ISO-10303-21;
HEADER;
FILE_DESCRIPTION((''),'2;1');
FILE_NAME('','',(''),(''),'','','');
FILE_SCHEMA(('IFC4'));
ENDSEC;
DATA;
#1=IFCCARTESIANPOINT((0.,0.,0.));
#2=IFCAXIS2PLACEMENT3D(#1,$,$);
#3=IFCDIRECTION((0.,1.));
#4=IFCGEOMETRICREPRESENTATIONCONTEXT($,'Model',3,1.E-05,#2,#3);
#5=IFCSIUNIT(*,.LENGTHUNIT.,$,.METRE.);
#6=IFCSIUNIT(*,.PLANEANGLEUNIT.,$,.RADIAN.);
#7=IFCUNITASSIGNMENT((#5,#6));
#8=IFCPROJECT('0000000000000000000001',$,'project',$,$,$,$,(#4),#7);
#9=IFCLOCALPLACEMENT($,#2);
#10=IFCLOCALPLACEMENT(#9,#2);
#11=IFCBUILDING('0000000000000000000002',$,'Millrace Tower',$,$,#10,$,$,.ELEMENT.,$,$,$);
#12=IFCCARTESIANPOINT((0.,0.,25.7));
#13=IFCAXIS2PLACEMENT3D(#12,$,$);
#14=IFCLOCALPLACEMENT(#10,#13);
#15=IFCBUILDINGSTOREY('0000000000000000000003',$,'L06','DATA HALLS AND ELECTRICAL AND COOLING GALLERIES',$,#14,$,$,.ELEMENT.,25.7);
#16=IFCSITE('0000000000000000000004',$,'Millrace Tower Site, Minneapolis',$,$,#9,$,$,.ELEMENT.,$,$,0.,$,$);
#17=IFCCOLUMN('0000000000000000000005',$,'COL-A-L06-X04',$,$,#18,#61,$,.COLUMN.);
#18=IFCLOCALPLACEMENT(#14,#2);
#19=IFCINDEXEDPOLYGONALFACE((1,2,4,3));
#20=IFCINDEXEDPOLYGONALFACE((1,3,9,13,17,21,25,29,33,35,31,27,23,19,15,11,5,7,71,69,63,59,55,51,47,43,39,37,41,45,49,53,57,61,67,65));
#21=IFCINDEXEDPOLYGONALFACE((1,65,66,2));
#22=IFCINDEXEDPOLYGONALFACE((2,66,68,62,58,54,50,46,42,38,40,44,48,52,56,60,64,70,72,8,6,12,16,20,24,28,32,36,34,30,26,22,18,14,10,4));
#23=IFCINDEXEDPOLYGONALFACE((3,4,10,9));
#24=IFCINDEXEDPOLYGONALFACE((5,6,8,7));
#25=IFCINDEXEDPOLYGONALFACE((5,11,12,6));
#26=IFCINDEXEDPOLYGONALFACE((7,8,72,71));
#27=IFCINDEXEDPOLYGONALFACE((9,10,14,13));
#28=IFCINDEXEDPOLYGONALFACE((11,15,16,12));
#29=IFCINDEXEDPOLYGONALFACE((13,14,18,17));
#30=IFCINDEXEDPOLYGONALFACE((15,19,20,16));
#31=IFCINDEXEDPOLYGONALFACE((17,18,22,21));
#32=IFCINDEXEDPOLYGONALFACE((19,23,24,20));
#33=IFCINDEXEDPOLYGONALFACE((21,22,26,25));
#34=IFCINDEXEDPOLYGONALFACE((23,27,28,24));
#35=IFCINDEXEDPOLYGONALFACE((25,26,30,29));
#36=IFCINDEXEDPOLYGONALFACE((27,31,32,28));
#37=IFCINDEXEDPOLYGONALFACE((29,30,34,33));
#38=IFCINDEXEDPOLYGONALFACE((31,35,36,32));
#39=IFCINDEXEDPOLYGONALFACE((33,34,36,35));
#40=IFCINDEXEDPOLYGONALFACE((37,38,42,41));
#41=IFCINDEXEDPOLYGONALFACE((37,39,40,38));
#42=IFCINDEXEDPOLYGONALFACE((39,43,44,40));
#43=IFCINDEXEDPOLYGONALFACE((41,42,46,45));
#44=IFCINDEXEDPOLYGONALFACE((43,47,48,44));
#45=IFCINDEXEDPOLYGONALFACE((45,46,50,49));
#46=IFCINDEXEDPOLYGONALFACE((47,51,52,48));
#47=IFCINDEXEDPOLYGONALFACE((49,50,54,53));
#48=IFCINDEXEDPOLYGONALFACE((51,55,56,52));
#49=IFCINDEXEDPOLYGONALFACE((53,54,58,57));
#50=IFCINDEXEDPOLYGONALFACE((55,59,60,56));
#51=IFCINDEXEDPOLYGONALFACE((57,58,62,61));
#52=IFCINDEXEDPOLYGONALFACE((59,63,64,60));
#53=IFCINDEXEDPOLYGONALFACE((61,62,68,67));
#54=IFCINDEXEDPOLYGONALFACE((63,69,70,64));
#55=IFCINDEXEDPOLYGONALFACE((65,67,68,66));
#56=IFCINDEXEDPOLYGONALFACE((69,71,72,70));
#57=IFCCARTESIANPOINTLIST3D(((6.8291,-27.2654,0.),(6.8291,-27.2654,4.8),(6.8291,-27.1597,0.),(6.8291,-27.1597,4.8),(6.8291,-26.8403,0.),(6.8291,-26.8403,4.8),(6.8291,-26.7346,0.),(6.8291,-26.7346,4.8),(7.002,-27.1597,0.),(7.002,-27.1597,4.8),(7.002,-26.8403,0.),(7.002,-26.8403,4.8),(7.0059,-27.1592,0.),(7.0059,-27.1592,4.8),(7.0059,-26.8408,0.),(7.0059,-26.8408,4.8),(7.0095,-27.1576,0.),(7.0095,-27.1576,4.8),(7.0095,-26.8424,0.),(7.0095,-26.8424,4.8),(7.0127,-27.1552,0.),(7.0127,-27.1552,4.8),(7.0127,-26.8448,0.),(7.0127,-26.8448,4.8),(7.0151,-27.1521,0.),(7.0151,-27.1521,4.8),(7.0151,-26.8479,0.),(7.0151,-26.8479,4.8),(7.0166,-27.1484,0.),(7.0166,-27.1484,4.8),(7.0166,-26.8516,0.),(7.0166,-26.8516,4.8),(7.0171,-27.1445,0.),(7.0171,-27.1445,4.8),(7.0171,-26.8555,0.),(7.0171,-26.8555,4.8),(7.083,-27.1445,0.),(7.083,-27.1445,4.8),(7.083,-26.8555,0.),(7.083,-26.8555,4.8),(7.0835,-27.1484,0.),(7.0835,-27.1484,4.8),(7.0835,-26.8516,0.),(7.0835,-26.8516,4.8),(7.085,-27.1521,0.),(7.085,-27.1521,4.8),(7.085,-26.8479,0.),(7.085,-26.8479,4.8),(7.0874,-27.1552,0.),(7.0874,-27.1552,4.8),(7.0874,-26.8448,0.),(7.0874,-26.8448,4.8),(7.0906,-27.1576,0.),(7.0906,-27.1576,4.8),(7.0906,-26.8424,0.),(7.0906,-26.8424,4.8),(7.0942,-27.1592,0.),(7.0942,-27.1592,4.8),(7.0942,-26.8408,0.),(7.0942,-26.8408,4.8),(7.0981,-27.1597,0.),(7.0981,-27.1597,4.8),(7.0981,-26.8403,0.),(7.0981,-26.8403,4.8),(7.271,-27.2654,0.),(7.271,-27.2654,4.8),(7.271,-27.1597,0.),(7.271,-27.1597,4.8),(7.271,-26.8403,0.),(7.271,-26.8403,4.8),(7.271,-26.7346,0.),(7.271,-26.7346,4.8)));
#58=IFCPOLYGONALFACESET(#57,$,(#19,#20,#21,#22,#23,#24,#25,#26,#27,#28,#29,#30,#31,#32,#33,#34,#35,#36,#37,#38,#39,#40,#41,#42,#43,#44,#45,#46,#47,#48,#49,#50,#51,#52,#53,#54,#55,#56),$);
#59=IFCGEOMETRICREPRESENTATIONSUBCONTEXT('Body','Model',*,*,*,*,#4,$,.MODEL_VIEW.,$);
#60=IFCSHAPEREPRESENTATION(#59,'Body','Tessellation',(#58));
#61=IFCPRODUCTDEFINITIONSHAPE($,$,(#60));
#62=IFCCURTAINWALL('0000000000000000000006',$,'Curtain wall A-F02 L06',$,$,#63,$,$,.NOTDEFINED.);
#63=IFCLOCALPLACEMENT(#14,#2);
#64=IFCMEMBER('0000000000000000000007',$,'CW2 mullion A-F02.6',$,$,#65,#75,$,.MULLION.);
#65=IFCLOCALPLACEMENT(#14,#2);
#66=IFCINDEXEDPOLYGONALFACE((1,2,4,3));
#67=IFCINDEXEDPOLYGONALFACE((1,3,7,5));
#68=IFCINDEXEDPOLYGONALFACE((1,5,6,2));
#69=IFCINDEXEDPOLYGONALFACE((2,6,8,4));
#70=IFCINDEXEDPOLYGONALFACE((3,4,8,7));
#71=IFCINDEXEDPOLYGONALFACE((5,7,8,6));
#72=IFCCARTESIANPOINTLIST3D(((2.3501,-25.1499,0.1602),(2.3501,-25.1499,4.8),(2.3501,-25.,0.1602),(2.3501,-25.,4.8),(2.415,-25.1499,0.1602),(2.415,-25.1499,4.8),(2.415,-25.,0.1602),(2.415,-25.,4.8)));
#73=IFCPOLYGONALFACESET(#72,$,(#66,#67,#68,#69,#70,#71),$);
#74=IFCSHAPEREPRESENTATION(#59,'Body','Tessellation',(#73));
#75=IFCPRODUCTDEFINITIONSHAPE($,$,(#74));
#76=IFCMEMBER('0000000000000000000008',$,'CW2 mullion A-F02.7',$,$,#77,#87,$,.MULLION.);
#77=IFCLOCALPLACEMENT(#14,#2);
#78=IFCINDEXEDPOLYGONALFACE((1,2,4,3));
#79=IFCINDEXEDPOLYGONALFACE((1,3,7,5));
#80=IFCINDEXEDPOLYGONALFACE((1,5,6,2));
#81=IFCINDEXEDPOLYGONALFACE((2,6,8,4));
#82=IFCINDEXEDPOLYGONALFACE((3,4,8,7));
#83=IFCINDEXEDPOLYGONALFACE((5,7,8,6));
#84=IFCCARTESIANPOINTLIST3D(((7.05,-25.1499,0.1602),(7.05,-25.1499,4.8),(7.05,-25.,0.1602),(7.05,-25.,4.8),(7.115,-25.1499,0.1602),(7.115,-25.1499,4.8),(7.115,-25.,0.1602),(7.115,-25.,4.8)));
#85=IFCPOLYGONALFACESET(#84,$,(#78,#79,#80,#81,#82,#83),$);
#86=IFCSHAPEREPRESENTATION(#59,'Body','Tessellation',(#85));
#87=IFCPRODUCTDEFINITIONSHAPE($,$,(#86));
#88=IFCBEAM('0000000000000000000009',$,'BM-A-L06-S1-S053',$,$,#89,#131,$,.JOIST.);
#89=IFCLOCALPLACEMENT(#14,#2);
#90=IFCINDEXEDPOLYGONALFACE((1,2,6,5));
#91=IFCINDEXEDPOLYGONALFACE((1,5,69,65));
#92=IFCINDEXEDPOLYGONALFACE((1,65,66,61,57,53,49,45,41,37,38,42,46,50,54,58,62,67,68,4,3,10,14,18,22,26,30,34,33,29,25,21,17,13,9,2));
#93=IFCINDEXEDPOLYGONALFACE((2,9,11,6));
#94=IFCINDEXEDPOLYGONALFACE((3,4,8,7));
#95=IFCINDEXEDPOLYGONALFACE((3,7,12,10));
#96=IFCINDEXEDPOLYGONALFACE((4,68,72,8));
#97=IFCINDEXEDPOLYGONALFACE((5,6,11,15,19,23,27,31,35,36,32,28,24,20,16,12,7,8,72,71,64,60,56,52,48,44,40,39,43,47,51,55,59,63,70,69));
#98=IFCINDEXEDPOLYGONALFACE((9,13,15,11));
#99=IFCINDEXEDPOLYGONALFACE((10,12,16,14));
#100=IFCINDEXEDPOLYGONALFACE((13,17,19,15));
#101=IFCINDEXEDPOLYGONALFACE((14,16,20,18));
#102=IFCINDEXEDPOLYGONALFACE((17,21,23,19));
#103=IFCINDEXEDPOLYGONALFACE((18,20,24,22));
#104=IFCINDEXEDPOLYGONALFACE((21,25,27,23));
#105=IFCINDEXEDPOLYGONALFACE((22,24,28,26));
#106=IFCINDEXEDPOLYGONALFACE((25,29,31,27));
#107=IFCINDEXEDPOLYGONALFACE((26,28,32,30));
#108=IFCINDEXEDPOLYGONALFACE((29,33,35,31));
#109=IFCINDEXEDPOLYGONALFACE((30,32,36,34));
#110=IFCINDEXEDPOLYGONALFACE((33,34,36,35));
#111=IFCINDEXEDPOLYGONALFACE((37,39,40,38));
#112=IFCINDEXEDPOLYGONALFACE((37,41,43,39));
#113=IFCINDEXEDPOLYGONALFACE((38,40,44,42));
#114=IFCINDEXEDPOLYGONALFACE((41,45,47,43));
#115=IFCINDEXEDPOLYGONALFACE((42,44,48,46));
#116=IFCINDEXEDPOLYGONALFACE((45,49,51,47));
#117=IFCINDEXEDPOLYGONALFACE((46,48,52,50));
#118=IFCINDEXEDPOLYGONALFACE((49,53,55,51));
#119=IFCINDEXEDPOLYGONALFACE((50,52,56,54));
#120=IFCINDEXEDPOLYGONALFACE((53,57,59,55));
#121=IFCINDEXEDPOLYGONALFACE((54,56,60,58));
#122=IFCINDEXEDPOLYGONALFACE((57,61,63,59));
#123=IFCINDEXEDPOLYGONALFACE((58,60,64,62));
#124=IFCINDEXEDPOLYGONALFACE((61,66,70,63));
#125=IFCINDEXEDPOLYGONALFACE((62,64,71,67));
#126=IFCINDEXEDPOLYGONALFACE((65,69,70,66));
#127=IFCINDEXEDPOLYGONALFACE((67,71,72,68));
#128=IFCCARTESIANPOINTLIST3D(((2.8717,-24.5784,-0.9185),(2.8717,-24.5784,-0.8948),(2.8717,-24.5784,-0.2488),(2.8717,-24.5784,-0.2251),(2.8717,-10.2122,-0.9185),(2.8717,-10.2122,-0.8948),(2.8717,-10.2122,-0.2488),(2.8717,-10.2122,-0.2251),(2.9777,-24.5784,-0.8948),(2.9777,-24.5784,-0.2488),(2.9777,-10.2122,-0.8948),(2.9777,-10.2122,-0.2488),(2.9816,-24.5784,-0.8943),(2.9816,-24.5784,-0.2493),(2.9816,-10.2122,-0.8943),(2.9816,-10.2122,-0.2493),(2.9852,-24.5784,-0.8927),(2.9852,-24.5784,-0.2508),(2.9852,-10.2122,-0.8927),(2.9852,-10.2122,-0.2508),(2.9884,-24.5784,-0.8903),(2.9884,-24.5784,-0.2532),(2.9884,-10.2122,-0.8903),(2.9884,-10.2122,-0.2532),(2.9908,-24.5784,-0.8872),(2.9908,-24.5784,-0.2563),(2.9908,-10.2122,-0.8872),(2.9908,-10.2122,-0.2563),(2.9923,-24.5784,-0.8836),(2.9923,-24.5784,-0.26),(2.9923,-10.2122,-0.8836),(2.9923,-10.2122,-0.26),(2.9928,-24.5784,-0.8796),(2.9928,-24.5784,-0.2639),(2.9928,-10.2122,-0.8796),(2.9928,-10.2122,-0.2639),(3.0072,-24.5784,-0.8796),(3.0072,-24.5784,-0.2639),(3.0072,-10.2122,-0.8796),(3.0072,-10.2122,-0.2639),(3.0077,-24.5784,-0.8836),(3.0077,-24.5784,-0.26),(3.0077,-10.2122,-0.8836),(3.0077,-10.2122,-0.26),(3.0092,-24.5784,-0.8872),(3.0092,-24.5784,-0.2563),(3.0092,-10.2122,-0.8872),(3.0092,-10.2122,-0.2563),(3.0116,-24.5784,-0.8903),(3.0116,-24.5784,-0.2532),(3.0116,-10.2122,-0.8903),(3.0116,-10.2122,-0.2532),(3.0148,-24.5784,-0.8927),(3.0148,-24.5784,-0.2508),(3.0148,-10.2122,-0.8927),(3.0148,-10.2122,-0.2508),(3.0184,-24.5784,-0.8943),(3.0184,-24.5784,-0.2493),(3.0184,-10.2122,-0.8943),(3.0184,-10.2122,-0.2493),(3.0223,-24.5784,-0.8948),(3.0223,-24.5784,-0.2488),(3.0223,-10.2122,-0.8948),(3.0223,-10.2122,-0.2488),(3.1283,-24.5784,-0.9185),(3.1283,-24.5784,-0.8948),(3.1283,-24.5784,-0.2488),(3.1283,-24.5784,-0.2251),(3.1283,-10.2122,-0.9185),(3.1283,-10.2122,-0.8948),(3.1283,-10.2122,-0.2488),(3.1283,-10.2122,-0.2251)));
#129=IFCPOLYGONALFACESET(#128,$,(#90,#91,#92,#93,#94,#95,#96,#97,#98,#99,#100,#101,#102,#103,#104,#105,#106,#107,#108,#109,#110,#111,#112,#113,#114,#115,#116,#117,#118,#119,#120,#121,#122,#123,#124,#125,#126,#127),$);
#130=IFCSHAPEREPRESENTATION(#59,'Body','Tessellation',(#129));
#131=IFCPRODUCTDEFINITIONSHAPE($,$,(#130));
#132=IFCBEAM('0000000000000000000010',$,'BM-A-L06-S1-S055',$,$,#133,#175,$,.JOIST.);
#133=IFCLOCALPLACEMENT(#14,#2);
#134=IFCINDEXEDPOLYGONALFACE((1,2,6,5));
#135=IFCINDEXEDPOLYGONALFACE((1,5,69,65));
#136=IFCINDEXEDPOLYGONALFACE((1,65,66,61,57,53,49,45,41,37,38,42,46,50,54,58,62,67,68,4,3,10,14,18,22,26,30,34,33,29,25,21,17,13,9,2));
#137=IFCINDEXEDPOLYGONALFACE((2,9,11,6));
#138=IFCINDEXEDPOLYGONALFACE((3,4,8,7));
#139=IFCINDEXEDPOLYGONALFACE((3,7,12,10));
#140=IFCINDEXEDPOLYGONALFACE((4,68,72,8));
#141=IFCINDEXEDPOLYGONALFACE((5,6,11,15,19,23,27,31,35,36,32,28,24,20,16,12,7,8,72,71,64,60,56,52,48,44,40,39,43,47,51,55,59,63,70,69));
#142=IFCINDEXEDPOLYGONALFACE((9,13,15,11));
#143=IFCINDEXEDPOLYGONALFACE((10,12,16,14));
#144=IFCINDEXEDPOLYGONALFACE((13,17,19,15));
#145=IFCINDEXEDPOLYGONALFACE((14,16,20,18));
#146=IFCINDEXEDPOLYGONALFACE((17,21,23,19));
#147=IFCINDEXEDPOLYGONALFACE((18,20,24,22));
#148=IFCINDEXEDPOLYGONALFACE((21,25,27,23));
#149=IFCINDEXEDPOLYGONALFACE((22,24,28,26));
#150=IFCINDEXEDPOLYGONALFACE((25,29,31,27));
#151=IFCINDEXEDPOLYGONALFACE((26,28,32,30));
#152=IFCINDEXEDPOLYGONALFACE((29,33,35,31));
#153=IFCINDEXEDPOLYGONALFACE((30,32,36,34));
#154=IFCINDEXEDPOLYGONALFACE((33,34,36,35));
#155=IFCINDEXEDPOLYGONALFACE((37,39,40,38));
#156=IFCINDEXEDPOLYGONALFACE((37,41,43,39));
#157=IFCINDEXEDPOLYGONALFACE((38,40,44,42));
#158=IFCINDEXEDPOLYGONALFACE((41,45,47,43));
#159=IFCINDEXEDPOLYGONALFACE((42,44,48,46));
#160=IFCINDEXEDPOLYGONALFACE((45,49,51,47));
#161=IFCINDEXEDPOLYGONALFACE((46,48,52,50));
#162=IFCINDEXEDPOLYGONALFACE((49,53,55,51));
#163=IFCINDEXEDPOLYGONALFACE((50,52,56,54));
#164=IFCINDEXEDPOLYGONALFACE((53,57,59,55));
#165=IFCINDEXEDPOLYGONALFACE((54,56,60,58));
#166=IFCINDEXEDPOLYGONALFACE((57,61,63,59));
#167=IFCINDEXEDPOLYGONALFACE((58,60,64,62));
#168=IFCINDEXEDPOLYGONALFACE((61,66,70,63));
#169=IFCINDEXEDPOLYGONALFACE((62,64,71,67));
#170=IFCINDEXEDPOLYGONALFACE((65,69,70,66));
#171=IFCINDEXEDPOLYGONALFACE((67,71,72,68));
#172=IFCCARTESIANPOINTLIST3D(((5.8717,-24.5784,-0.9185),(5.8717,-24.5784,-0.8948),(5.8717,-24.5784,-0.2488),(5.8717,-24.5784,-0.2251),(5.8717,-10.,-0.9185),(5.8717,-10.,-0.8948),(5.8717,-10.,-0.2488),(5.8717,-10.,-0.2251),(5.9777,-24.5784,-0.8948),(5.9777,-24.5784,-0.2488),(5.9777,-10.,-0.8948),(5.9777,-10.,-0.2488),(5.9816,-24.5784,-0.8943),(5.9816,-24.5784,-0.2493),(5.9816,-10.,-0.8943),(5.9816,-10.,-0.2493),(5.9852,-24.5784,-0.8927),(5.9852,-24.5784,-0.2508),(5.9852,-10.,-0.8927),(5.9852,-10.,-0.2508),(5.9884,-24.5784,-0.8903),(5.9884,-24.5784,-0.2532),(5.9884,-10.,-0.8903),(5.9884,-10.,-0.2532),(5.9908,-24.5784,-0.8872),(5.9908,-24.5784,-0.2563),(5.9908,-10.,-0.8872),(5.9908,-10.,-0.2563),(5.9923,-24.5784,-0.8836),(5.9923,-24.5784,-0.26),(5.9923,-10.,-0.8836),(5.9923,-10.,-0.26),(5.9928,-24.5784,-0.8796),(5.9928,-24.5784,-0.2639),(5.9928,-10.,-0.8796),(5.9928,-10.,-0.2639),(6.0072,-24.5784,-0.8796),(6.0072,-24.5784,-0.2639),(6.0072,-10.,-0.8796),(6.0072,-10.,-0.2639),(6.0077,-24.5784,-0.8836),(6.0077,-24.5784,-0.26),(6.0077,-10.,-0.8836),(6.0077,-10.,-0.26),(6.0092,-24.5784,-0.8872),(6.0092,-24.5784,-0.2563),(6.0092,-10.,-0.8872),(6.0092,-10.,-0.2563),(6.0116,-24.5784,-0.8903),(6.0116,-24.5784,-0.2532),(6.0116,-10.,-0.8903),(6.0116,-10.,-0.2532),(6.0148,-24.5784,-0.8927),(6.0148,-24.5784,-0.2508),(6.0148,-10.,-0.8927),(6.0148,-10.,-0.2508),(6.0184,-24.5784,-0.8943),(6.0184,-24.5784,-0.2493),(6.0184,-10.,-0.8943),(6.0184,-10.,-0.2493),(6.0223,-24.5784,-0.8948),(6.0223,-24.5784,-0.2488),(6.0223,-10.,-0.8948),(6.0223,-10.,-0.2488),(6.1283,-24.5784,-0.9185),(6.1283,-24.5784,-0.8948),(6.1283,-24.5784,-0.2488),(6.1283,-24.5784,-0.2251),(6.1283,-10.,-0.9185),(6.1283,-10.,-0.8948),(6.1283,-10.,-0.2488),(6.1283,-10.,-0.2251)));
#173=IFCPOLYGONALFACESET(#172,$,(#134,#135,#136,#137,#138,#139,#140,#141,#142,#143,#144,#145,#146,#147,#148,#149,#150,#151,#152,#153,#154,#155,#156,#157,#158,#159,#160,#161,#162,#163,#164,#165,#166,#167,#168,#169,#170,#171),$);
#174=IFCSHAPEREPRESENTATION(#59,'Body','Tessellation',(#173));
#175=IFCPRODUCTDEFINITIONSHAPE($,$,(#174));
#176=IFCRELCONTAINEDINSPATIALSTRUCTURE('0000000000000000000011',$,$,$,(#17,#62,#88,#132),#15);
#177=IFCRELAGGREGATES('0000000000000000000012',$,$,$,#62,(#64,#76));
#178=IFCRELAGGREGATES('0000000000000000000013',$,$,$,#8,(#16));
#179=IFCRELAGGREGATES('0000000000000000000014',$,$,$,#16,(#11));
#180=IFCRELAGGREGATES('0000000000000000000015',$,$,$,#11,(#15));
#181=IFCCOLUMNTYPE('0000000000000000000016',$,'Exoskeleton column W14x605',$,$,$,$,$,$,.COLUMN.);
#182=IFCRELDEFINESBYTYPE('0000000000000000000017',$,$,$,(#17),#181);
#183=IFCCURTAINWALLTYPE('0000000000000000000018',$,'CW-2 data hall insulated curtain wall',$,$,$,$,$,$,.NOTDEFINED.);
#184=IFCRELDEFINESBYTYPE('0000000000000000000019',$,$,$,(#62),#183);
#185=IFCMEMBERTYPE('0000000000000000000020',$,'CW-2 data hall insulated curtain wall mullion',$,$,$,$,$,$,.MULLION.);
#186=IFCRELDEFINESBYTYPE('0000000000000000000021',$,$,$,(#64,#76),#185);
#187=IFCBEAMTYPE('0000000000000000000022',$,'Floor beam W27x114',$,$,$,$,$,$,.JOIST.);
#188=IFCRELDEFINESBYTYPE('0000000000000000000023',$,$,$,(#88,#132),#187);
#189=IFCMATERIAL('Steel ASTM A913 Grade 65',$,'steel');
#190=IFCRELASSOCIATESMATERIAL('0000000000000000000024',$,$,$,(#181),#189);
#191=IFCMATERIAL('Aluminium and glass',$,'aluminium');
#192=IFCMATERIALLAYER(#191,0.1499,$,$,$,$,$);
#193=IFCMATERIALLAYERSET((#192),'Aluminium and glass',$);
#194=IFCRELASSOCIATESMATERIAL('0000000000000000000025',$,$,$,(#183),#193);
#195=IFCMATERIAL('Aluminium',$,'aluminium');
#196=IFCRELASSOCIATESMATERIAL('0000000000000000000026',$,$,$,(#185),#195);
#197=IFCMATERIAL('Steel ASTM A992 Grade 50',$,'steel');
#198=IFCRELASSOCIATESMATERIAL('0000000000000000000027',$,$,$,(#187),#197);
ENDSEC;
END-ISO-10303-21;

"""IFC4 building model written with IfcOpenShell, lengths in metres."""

from ifc_helpers import new_model, si_unit, direction, frame, origin, origin_2d, place, context, subcontext, project, spatial, rectangle, i_section, extrude, material, layer, layer_set, material_profile, profile_set, type_object, element, aggregate, save


model = new_model("IFC4")

# Units and contexts
model_context = context("Model", 3, precision=1e-05, world=origin(), true_north=direction((0.0, 1.0)))
body_context = subcontext(model_context, "Body", "Model", "MODEL_VIEW")
ifc_project = project(units=[si_unit("LENGTHUNIT", "METRE"), si_unit("PLANEANGLEUNIT", "RADIAN")], contexts=[model_context])

# Site, building, storey
site_placement = place(None, origin())
site = spatial("IfcSite", under=ifc_project, at=site_placement, Name="Millrace Tower Site, Minneapolis", CompositionType="ELEMENT", RefElevation=0.0)
building_placement = place(site_placement, origin())
building = spatial("IfcBuilding", under=site, at=building_placement, Name="Millrace Tower", CompositionType="ELEMENT")
storey_placement = place(building_placement, frame((0.0, 0.0, 25.7)))
storey = spatial("IfcBuildingStorey", under=building, at=storey_placement, Name="L06", Description="DATA HALLS AND ELECTRICAL AND COOLING GALLERIES", CompositionType="ELEMENT", Elevation=25.7)

# Column
ifc_material_1 = material(Name="Steel ASTM A913 Grade 65", Category="steel")
ifc_material_profile_1 = material_profile(ifc_material_1, i_section(OverallWidth=0.4419, OverallDepth=0.5308, WebThickness=0.0659, FlangeThickness=0.1057, FilletRadius=0.0151, at=origin_2d()))
ifc_profile_set_1 = profile_set([ifc_material_profile_1], Name="Steel ASTM A913 Grade 65")
column_type = type_object("IfcColumnType", Name="Exoskeleton column W14x605", PredefinedType="COLUMN", material=ifc_profile_set_1)
column_placement = place(storey_placement, frame((7.05, -27.0, 0.0), z_axis=(0.0, 0.0, 1.0), x_axis=(1.0, 0.0, 0.0)))
element("IfcColumn", 1, at=column_placement, inside=storey, type_object=column_type, Name="COL-A-L06-X04", PredefinedType="COLUMN", context=body_context, shape_type="SweptSolid", body=[
    extrude(i_section(OverallWidth=0.4419, OverallDepth=0.5308, WebThickness=0.0659, FlangeThickness=0.1057, FilletRadius=0.0151, at=origin_2d()), origin(), (0.0, 0.0, 1.0), 4.8),
])

# Curtain wall, members
ifc_material_2 = material(Name="Aluminium and glass", Category="aluminium")
ifc_layer_1 = layer(ifc_material_2, 0.1499)
ifc_layer_set_1 = layer_set([ifc_layer_1], Name="Aluminium and glass")
curtain_wall_type = type_object("IfcCurtainWallType", Name="CW-2 data hall insulated curtain wall", PredefinedType="NOTDEFINED", material=ifc_layer_set_1)
placement = place(storey_placement, origin())
curtain_wall = element("IfcCurtainWall", 2, at=placement, inside=storey, type_object=curtain_wall_type, Name="Curtain wall A-F02 L06", PredefinedType="NOTDEFINED")
ifc_material_3 = material(Name="Aluminium", Category="aluminium")
ifc_material_profile_2 = material_profile(ifc_material_3, rectangle(XDim=0.0649, YDim=0.1499, at=origin_2d()))
ifc_profile_set_2 = profile_set([ifc_material_profile_2], Name="Aluminium")
member_type = type_object("IfcMemberType", Name="CW-2 data hall insulated curtain wall mullion", PredefinedType="MULLION", material=ifc_profile_set_2)
member_1_placement = place(storey_placement, frame((2.3826, -25.075, 0.1602), z_axis=(0.0, 0.0, 1.0), x_axis=(1.0, 0.0, 0.0)))
member_1 = element("IfcMember", 3, at=member_1_placement, type_object=member_type, Name="CW2 mullion A-F02.6", PredefinedType="MULLION", context=body_context, shape_type="SweptSolid", body=[
    extrude(rectangle(XDim=0.0649, YDim=0.1499, at=origin_2d()), origin(), (0.0, 0.0, 1.0), 4.6399),
])
member_2_placement = place(storey_placement, frame((7.0825, -25.075, 0.1602), z_axis=(0.0, 0.0, 1.0), x_axis=(1.0, 0.0, 0.0)))
member_2 = element("IfcMember", 4, at=member_2_placement, type_object=member_type, Name="CW2 mullion A-F02.7", PredefinedType="MULLION", context=body_context, shape_type="SweptSolid", body=[
    extrude(rectangle(XDim=0.0649, YDim=0.1499, at=origin_2d()), origin(), (0.0, 0.0, 1.0), 4.6399),
])
aggregate(curtain_wall, [member_1, member_2])

# Beams
ifc_material_4 = material(Name="Steel ASTM A992 Grade 50", Category="steel")
ifc_material_profile_3 = material_profile(ifc_material_4, i_section(OverallWidth=0.2566, OverallDepth=0.6934, WebThickness=0.0144, FlangeThickness=0.0237, FilletRadius=0.0151, at=origin_2d()))
ifc_profile_set_3 = profile_set([ifc_material_profile_3], Name="Steel ASTM A992 Grade 50")
beam_type_1 = type_object("IfcBeamType", Name="Floor beam W27x114", PredefinedType="JOIST", material=ifc_profile_set_3)
beam_1_placement = place(storey_placement, frame((3.0, -24.5784, -0.5718), z_axis=(0.0, 1.0, 0.0), x_axis=(-1.0, 0.0, 0.0)))
element("IfcBeam", 5, at=beam_1_placement, inside=storey, type_object=beam_type_1, Name="BM-A-L06-S1-S053", PredefinedType="JOIST", context=body_context, shape_type="SweptSolid", body=[
    extrude(i_section(OverallWidth=0.2566, OverallDepth=0.6934, WebThickness=0.0144, FlangeThickness=0.0237, FilletRadius=0.0151, at=origin_2d()), origin(), (0.0, 0.0, 1.0), 14.3662),
])
for number, where, z_axis, x_axis, name in (
    (6, (6.0, -24.5784, -0.5718), (0.0, 1.0, 0.0), (-1.0, 0.0, 0.0), "BM-A-L06-S1-S055"),
):
    element("IfcBeam", number, at=place(storey_placement, frame(where, z_axis=z_axis, x_axis=x_axis)), inside=storey, type_object=beam_type_1, Name=name, PredefinedType="JOIST", context=body_context, shape_type="SweptSolid", body=[
        extrude(i_section(OverallWidth=0.2566, OverallDepth=0.6934, WebThickness=0.0144, FlangeThickness=0.0237, FilletRadius=0.0151, at=origin_2d()), origin(), (0.0, 0.0, 1.0), 14.5784),
    ])

save(model, "model.ifc")
